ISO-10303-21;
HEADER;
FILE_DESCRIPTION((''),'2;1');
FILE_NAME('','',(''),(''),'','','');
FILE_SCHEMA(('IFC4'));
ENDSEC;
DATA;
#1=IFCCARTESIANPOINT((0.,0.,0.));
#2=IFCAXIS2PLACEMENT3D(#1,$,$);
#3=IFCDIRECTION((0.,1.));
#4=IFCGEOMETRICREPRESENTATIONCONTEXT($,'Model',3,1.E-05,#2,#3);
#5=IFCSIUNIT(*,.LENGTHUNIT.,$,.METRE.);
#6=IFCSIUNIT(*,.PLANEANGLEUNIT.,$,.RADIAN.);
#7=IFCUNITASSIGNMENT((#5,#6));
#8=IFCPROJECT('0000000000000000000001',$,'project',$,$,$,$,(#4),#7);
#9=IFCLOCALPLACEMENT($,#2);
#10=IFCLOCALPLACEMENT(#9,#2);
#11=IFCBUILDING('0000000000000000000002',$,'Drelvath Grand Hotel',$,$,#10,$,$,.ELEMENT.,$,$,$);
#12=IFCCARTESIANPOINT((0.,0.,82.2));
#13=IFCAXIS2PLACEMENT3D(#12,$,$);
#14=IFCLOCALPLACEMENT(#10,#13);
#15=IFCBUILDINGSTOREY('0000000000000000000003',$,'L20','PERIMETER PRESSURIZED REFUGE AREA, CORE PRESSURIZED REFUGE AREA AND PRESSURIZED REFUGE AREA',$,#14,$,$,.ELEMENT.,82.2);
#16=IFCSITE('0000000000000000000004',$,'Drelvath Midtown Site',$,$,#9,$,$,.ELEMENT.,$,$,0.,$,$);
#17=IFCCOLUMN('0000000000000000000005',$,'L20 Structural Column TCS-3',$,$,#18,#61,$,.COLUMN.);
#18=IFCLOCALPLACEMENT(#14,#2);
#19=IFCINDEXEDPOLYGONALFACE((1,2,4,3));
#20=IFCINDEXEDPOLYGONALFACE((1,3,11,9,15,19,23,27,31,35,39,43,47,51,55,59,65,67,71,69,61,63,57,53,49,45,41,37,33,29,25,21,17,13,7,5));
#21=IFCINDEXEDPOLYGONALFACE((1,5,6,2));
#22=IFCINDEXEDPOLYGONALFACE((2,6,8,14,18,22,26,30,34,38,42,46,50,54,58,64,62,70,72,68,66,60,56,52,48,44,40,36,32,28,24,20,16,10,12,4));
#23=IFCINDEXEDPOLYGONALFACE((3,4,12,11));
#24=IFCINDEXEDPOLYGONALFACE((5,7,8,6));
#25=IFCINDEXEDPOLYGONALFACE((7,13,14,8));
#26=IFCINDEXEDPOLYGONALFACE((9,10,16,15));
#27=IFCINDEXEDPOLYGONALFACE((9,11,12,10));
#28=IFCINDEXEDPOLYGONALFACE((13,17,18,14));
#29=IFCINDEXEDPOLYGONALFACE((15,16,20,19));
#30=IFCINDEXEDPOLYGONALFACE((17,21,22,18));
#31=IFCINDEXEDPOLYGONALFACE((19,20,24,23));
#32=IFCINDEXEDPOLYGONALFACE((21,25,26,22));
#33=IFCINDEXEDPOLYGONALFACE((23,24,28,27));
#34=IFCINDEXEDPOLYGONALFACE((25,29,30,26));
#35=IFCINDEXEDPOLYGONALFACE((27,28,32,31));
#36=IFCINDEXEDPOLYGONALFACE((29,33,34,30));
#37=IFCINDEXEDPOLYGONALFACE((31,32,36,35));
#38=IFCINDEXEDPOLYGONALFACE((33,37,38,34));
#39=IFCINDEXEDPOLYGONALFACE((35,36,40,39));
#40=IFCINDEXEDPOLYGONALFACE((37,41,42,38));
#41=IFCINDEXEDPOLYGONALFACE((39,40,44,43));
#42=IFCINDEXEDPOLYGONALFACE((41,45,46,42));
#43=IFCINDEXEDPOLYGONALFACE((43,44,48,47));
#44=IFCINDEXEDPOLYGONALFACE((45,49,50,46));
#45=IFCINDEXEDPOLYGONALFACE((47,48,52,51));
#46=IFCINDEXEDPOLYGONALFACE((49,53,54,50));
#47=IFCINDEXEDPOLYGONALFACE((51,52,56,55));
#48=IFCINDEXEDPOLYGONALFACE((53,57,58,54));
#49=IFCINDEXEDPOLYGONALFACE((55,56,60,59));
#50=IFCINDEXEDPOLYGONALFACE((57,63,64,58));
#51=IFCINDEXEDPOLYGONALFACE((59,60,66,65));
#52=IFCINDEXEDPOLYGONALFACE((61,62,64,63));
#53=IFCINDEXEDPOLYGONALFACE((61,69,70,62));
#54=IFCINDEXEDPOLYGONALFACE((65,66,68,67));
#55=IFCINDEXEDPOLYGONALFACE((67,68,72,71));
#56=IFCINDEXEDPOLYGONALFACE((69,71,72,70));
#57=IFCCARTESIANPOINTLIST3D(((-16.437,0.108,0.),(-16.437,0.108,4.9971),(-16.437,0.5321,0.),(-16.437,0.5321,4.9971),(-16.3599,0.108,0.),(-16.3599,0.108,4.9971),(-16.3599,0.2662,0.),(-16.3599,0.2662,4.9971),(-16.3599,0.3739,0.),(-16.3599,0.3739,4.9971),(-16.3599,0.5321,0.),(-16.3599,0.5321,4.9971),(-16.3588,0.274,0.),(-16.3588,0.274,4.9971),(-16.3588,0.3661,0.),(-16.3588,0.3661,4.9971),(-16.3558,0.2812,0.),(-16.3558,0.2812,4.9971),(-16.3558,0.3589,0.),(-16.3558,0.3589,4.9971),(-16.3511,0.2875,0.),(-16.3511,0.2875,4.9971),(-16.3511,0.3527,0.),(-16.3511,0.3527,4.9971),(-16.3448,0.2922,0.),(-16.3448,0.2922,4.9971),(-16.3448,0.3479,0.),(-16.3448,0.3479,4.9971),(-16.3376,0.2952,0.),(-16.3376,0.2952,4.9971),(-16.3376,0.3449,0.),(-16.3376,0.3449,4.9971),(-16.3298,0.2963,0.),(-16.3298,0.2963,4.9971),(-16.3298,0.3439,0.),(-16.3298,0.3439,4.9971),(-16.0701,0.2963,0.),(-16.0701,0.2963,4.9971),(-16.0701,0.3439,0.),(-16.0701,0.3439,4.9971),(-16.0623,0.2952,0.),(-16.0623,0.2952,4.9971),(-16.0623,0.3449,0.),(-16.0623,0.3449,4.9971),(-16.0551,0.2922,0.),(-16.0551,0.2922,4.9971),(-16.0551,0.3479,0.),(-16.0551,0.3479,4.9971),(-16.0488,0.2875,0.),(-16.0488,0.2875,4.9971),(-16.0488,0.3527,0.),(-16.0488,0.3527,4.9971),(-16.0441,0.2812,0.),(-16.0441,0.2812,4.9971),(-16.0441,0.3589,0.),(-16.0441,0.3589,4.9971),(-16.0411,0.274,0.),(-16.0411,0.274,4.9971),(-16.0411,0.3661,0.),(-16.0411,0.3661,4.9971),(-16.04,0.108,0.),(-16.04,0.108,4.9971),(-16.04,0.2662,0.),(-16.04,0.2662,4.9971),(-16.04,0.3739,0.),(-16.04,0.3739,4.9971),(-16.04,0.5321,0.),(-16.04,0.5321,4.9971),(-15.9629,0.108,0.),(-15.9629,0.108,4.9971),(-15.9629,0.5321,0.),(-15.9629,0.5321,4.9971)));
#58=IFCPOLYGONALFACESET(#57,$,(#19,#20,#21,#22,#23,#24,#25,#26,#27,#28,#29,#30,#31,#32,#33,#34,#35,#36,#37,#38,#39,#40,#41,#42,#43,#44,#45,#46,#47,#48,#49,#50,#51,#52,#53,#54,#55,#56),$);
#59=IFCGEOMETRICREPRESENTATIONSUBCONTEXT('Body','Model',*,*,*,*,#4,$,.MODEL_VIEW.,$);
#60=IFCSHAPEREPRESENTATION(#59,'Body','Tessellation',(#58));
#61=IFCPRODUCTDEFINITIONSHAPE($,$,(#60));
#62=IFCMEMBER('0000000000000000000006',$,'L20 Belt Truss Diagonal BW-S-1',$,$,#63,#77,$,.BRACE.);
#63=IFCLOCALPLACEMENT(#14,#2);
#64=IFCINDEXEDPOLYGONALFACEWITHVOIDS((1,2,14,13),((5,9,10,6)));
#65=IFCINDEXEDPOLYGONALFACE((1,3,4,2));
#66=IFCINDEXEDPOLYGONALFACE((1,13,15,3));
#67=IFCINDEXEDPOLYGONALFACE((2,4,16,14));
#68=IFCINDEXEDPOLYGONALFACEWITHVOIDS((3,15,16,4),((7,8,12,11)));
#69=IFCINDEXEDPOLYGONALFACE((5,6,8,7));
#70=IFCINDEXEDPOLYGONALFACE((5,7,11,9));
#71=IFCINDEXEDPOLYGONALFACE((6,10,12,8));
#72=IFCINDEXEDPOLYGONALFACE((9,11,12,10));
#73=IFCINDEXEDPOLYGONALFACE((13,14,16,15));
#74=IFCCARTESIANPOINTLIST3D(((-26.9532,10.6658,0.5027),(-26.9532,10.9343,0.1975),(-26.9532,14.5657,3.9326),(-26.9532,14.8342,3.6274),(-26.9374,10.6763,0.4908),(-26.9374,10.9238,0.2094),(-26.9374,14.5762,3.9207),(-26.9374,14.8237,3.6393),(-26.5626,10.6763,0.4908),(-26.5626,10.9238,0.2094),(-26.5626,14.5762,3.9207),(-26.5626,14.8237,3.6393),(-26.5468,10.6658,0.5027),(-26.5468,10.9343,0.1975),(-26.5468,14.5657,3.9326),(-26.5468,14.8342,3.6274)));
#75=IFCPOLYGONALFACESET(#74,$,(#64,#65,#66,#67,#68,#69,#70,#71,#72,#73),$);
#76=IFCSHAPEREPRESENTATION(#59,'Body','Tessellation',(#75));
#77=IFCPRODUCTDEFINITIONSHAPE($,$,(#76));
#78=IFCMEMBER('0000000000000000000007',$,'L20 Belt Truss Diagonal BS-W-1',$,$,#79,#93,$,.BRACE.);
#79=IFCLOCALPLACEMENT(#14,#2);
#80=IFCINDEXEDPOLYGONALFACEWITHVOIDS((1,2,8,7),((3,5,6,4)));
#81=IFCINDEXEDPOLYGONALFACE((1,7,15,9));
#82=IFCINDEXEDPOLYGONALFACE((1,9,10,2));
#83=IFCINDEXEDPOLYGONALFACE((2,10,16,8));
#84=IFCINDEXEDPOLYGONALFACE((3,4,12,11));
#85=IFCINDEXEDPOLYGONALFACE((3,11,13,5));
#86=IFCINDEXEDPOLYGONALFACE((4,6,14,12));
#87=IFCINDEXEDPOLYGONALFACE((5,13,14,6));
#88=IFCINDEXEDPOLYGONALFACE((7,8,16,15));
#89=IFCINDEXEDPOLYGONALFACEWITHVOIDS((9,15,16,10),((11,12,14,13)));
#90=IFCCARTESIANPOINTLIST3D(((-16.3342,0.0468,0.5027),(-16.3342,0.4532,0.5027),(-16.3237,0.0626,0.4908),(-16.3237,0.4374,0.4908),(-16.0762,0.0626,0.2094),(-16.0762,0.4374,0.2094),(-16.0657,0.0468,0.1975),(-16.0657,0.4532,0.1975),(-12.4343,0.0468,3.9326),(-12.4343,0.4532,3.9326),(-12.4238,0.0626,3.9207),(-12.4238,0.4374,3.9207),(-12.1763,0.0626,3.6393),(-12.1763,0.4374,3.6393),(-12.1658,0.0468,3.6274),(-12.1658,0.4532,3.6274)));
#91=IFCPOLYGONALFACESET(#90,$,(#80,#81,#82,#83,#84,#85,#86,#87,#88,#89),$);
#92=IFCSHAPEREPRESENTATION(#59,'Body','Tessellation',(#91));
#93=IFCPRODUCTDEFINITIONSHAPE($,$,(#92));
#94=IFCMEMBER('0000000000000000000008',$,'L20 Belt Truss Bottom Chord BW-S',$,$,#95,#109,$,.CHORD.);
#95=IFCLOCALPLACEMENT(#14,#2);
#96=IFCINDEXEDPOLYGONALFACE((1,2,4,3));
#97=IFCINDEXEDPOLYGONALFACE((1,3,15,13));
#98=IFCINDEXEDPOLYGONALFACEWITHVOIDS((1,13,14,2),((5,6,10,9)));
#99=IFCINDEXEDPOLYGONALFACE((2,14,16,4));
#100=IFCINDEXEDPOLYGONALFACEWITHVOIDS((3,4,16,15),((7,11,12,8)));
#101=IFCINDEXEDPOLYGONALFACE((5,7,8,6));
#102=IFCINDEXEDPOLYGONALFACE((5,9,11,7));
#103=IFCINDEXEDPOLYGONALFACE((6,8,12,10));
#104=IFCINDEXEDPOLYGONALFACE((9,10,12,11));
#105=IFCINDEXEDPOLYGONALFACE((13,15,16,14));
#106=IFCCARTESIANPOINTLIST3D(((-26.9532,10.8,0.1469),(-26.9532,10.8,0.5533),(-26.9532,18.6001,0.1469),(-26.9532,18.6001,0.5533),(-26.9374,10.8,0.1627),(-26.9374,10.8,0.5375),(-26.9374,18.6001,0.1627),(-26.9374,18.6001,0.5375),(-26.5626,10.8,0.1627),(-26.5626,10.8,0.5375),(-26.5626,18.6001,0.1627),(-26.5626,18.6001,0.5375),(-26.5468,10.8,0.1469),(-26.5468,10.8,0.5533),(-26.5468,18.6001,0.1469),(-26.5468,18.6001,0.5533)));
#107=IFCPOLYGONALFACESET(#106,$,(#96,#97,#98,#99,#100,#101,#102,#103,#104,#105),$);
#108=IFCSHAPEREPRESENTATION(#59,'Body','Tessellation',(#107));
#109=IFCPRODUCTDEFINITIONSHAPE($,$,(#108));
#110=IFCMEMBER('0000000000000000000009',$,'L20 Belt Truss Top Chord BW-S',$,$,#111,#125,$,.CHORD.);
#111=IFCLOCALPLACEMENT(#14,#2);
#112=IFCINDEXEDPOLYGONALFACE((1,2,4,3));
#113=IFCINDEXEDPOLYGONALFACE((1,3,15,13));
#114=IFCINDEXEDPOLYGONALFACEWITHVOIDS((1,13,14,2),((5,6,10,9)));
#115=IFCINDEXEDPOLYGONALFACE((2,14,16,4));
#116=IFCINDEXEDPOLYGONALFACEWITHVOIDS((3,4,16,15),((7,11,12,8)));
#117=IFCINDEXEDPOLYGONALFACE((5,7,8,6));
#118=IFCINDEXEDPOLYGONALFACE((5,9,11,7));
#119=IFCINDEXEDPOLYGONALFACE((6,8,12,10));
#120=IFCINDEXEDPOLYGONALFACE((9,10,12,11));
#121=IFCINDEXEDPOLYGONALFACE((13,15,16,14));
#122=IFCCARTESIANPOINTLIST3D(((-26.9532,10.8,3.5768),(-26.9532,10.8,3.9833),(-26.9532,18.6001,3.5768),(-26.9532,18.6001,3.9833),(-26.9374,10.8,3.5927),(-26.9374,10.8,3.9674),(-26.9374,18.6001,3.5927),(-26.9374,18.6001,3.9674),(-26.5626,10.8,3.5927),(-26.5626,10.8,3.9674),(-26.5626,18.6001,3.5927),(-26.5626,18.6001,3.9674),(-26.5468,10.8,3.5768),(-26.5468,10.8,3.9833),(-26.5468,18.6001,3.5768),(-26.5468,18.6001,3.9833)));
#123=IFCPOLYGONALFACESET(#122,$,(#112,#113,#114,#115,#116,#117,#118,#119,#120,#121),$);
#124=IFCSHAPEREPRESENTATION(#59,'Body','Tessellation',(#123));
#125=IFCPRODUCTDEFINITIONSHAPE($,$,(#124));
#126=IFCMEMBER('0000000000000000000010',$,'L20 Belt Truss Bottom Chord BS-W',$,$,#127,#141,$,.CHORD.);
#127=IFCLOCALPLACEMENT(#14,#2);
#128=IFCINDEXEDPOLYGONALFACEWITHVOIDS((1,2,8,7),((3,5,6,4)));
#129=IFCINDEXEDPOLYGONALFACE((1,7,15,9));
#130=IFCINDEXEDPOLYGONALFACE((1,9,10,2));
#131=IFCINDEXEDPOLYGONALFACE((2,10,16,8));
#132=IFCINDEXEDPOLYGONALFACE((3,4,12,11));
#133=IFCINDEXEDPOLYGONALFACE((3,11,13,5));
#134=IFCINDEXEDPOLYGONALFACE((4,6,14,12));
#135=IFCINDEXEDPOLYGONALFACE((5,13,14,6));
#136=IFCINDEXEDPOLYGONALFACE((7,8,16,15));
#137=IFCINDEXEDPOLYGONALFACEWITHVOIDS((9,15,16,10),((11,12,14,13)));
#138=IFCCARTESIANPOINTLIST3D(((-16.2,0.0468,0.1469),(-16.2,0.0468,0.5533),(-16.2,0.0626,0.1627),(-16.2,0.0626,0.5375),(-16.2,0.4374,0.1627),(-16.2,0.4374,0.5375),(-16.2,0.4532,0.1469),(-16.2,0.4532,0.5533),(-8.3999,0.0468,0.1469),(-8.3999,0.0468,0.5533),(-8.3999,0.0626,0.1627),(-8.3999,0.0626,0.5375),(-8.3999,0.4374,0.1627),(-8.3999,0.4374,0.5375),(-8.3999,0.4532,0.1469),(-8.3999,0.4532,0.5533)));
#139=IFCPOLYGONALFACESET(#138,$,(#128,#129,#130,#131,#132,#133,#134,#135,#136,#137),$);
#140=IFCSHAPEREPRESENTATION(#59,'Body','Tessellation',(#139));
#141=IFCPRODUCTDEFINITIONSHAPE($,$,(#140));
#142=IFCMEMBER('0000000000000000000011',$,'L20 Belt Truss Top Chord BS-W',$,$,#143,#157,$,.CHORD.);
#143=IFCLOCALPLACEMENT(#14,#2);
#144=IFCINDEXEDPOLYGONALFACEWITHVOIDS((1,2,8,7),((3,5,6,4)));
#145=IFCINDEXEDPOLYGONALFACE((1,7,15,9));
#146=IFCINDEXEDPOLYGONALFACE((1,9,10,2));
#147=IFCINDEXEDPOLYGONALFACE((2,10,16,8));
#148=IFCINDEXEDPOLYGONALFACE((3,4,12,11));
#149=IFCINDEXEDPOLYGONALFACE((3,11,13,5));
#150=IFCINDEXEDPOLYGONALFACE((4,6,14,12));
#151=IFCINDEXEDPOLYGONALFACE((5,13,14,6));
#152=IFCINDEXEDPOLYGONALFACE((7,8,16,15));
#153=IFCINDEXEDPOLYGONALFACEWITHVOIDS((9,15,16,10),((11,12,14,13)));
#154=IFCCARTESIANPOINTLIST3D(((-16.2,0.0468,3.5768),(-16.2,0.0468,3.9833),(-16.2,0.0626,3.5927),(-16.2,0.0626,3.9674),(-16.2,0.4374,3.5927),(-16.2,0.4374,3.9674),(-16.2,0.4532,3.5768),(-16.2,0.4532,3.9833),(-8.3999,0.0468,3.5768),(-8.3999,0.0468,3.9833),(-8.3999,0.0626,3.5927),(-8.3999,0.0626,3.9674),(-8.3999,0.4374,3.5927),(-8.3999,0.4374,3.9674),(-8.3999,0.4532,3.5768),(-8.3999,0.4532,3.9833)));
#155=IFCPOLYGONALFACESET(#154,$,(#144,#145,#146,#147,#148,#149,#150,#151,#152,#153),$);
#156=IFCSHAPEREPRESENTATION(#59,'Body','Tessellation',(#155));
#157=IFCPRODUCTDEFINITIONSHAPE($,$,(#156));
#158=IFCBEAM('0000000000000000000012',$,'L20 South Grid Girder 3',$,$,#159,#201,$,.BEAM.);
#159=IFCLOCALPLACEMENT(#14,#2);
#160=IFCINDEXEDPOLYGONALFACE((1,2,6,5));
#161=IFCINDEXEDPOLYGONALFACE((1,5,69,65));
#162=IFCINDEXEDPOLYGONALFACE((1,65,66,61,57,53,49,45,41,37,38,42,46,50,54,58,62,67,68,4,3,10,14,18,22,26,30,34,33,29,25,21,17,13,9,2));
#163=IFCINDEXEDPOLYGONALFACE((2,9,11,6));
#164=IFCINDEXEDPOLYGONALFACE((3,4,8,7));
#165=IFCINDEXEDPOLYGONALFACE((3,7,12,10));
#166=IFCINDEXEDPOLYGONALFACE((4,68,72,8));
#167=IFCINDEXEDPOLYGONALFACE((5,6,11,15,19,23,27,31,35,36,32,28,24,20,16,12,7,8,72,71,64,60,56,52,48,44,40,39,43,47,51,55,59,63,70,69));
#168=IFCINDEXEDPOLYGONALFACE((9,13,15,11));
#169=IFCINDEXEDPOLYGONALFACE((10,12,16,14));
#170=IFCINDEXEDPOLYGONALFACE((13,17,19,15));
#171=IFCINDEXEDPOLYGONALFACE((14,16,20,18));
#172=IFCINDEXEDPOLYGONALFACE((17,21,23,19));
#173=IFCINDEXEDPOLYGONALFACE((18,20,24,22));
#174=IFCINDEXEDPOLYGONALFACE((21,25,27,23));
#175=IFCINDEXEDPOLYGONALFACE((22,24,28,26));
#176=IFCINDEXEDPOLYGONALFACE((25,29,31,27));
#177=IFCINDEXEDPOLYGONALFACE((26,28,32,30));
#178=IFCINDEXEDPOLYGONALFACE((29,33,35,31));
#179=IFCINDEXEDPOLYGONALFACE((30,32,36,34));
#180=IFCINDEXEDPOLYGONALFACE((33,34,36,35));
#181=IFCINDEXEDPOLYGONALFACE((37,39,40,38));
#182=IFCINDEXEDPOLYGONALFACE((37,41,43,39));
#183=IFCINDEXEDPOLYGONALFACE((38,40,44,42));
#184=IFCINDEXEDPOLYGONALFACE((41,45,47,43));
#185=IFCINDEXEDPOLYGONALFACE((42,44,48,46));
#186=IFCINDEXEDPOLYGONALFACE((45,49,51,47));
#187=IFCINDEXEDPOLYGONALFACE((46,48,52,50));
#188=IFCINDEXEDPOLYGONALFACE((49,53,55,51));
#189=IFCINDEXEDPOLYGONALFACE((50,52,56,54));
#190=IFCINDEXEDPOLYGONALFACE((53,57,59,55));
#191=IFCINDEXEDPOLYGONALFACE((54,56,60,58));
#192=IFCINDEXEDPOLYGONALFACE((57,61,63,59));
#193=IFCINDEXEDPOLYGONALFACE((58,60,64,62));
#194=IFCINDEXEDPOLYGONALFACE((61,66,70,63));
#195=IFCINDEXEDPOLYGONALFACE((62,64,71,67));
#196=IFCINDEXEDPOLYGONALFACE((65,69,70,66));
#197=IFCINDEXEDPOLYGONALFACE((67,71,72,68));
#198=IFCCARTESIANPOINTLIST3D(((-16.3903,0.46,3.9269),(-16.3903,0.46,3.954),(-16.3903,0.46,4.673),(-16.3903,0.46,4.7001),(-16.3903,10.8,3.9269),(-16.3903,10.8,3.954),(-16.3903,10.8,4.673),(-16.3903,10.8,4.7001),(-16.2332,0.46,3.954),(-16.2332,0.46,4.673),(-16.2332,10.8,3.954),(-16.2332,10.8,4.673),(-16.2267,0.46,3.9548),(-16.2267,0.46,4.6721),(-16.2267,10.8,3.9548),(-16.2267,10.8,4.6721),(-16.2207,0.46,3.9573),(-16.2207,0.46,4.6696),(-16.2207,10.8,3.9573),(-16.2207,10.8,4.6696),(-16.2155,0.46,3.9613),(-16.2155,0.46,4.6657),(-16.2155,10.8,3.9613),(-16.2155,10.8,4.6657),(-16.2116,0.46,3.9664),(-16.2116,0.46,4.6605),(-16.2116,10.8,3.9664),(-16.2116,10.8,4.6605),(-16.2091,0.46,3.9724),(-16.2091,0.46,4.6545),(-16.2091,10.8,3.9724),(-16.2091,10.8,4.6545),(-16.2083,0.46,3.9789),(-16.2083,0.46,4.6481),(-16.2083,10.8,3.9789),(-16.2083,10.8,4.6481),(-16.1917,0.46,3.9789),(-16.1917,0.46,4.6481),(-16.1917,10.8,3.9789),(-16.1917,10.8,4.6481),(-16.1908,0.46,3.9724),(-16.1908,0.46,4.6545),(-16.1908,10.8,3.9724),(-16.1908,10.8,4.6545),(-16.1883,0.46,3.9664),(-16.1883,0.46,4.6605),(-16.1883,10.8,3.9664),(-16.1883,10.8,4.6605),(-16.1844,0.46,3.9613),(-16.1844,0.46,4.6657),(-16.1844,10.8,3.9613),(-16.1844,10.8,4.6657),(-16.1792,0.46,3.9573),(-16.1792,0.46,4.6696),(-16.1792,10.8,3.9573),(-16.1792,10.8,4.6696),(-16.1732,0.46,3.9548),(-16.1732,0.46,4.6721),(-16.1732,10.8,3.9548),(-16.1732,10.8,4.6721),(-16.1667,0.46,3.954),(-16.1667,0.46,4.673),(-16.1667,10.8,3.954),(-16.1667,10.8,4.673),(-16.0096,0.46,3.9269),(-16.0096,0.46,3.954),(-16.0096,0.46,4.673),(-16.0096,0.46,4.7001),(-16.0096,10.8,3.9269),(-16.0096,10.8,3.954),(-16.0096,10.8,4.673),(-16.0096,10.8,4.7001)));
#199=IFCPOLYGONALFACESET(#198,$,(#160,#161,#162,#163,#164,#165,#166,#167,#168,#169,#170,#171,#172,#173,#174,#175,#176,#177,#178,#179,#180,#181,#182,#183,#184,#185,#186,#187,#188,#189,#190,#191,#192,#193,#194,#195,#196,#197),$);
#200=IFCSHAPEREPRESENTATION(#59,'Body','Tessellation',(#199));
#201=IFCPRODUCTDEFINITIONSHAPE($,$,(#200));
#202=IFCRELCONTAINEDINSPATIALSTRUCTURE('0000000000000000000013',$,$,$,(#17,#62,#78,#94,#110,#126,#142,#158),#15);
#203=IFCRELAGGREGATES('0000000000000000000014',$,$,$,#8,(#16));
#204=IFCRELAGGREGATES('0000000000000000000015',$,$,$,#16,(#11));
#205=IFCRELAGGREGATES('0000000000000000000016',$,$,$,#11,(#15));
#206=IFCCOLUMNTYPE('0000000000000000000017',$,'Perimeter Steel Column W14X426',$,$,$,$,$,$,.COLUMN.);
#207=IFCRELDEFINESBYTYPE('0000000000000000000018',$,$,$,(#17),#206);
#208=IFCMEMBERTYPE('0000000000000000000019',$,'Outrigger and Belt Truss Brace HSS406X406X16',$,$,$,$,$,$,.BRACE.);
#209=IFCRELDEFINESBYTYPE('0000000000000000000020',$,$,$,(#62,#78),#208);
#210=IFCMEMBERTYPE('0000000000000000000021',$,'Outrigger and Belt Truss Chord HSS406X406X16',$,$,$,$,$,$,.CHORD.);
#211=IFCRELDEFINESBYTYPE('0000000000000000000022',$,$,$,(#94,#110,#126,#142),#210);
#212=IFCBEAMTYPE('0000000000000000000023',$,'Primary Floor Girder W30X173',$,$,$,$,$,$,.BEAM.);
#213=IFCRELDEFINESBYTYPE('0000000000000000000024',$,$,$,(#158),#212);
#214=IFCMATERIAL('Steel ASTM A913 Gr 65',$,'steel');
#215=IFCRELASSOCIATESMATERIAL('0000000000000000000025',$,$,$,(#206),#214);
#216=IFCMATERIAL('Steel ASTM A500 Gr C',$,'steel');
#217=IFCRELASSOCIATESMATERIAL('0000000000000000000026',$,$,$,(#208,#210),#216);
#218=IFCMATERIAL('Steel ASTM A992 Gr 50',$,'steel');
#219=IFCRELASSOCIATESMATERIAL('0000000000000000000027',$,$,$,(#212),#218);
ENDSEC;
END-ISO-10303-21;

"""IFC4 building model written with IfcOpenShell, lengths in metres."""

from ifc_helpers import new_model, si_unit, direction, frame, origin, origin_2d, place, context, subcontext, project, spatial, hollow_rectangle, i_section, extrude, material, material_profile, profile_set, type_object, element, save


model = new_model("IFC4")

# Units and contexts
model_context = context("Model", 3, precision=1e-05, world=origin(), true_north=direction((0.0, 1.0)))
body_context = subcontext(model_context, "Body", "Model", "MODEL_VIEW")
ifc_project = project(units=[si_unit("LENGTHUNIT", "METRE"), si_unit("PLANEANGLEUNIT", "RADIAN")], contexts=[model_context])

# Site, building, storey
site_placement = place(None, origin())
site = spatial("IfcSite", under=ifc_project, at=site_placement, Name="Drelvath Midtown Site", CompositionType="ELEMENT", RefElevation=0.0)
building_placement = place(site_placement, origin())
building = spatial("IfcBuilding", under=site, at=building_placement, Name="Drelvath Grand Hotel", CompositionType="ELEMENT")
storey_placement = place(building_placement, frame((0.0, 0.0, 82.2)))
storey = spatial("IfcBuildingStorey", under=building, at=storey_placement, Name="L20", Description="PERIMETER PRESSURIZED REFUGE AREA, CORE PRESSURIZED REFUGE AREA AND PRESSURIZED REFUGE AREA", CompositionType="ELEMENT", Elevation=82.2)

# Column
ifc_material_1 = material(Name="Steel ASTM A913 Gr 65", Category="steel")
ifc_material_profile_1 = material_profile(ifc_material_1, i_section(OverallWidth=0.4241, OverallDepth=0.4741, WebThickness=0.0476, FlangeThickness=0.0771, FilletRadius=0.03, at=origin_2d()), Name="W14X426")
ifc_profile_set_1 = profile_set([ifc_material_profile_1], Name="Steel ASTM A913 Gr 65")
column_type = type_object("IfcColumnType", Name="Perimeter Steel Column W14X426", PredefinedType="COLUMN", material=ifc_profile_set_1)
column_placement = place(storey_placement, frame((-16.2, 0.3201, 0.0), z_axis=(0.0, 0.0, 1.0), x_axis=(0.0, 1.0, 0.0)))
element("IfcColumn", 1, at=column_placement, inside=storey, type_object=column_type, Name="L20 Structural Column TCS-3", PredefinedType="COLUMN", context=body_context, shape_type="SweptSolid", body=[
    extrude(i_section(OverallWidth=0.4241, OverallDepth=0.4741, WebThickness=0.0476, FlangeThickness=0.0771, FilletRadius=0.03, at=origin_2d()), origin(), (0.0, 0.0, 1.0), 4.9971),
])

# Members
ifc_material_2 = material(Name="Steel ASTM A500 Gr C", Category="steel")
ifc_material_profile_2 = material_profile(ifc_material_2, hollow_rectangle(XDim=0.4065, YDim=0.4065, WallThickness=0.0159, at=origin_2d()), Name="HSS406X406X16")
ifc_profile_set_2 = profile_set([ifc_material_profile_2], Name="Steel ASTM A500 Gr C")
member_type_1 = type_object("IfcMemberType", Name="Outrigger and Belt Truss Brace HSS406X406X16", PredefinedType="BRACE", material=ifc_profile_set_2)
for number, where, z_axis, x_axis, name in (
    (2, (-26.75, 10.8, 0.3501), (0.0, 0.750903, 0.660413), (-1.0, 0.0, 0.0), "L20 Belt Truss Diagonal BW-S-1"),
    (3, (-16.2, 0.25, 0.3501), (0.750903, 0.0, 0.660413), (0.0, 1.0, 0.0), "L20 Belt Truss Diagonal BS-W-1"),
):
    element("IfcMember", number, at=place(storey_placement, frame(where, z_axis=z_axis, x_axis=x_axis)), inside=storey, type_object=member_type_1, Name=name, PredefinedType="BRACE", context=body_context, shape_type="SweptSolid", body=[
        extrude(hollow_rectangle(XDim=0.4065, YDim=0.4065, WallThickness=0.0159, at=origin_2d()), origin(), (0.0, 0.0, 1.0), 5.1936),
    ])
ifc_material_profile_3 = material_profile(ifc_material_2, hollow_rectangle(XDim=0.4065, YDim=0.4065, WallThickness=0.0159, at=origin_2d()), Name="HSS406X406X16")
ifc_profile_set_3 = profile_set([ifc_material_profile_3], Name="Steel ASTM A500 Gr C")
member_type_2 = type_object("IfcMemberType", Name="Outrigger and Belt Truss Chord HSS406X406X16", PredefinedType="CHORD", material=ifc_profile_set_3)
for number, where, z_axis, x_axis, name in (
    (4, (-26.75, 10.8, 0.3501), (0.0, 1.0, 0.0), (-1.0, 0.0, 0.0), "L20 Belt Truss Bottom Chord BW-S"),
    (5, (-26.75, 10.8, 3.78), (0.0, 1.0, 0.0), (-1.0, 0.0, 0.0), "L20 Belt Truss Top Chord BW-S"),
    (6, (-16.2, 0.25, 0.3501), (1.0, 0.0, 0.0), (0.0, 1.0, 0.0), "L20 Belt Truss Bottom Chord BS-W"),
    (7, (-16.2, 0.25, 3.78), (1.0, 0.0, 0.0), (0.0, 1.0, 0.0), "L20 Belt Truss Top Chord BS-W"),
):
    element("IfcMember", number, at=place(storey_placement, frame(where, z_axis=z_axis, x_axis=x_axis)), inside=storey, type_object=member_type_2, Name=name, PredefinedType="CHORD", context=body_context, shape_type="SweptSolid", body=[
        extrude(hollow_rectangle(XDim=0.4065, YDim=0.4065, WallThickness=0.0159, at=origin_2d()), origin(), (0.0, 0.0, 1.0), 7.8),
    ])

# Beam
ifc_material_3 = material(Name="Steel ASTM A992 Gr 50", Category="steel")
ifc_material_profile_4 = material_profile(ifc_material_3, i_section(OverallWidth=0.3806, OverallDepth=0.7732, WebThickness=0.0166, FlangeThickness=0.0271, FilletRadius=0.0249, at=origin_2d()), Name="W30X173")
ifc_profile_set_4 = profile_set([ifc_material_profile_4], Name="Steel ASTM A992 Gr 50")
beam_type = type_object("IfcBeamType", Name="Primary Floor Girder W30X173", PredefinedType="BEAM", material=ifc_profile_set_4)
beam_placement = place(storey_placement, frame((-16.2, 0.46, 4.3135), z_axis=(0.0, 1.0, 0.0), x_axis=(-1.0, 0.0, 0.0)))
element("IfcBeam", 8, at=beam_placement, inside=storey, type_object=beam_type, Name="L20 South Grid Girder 3", PredefinedType="BEAM", context=body_context, shape_type="SweptSolid", body=[
    extrude(i_section(OverallWidth=0.3806, OverallDepth=0.7732, WebThickness=0.0166, FlangeThickness=0.0271, FilletRadius=0.0249, at=origin_2d()), origin(), (0.0, 0.0, 1.0), 10.3401),
])

save(model, "model.ifc")
